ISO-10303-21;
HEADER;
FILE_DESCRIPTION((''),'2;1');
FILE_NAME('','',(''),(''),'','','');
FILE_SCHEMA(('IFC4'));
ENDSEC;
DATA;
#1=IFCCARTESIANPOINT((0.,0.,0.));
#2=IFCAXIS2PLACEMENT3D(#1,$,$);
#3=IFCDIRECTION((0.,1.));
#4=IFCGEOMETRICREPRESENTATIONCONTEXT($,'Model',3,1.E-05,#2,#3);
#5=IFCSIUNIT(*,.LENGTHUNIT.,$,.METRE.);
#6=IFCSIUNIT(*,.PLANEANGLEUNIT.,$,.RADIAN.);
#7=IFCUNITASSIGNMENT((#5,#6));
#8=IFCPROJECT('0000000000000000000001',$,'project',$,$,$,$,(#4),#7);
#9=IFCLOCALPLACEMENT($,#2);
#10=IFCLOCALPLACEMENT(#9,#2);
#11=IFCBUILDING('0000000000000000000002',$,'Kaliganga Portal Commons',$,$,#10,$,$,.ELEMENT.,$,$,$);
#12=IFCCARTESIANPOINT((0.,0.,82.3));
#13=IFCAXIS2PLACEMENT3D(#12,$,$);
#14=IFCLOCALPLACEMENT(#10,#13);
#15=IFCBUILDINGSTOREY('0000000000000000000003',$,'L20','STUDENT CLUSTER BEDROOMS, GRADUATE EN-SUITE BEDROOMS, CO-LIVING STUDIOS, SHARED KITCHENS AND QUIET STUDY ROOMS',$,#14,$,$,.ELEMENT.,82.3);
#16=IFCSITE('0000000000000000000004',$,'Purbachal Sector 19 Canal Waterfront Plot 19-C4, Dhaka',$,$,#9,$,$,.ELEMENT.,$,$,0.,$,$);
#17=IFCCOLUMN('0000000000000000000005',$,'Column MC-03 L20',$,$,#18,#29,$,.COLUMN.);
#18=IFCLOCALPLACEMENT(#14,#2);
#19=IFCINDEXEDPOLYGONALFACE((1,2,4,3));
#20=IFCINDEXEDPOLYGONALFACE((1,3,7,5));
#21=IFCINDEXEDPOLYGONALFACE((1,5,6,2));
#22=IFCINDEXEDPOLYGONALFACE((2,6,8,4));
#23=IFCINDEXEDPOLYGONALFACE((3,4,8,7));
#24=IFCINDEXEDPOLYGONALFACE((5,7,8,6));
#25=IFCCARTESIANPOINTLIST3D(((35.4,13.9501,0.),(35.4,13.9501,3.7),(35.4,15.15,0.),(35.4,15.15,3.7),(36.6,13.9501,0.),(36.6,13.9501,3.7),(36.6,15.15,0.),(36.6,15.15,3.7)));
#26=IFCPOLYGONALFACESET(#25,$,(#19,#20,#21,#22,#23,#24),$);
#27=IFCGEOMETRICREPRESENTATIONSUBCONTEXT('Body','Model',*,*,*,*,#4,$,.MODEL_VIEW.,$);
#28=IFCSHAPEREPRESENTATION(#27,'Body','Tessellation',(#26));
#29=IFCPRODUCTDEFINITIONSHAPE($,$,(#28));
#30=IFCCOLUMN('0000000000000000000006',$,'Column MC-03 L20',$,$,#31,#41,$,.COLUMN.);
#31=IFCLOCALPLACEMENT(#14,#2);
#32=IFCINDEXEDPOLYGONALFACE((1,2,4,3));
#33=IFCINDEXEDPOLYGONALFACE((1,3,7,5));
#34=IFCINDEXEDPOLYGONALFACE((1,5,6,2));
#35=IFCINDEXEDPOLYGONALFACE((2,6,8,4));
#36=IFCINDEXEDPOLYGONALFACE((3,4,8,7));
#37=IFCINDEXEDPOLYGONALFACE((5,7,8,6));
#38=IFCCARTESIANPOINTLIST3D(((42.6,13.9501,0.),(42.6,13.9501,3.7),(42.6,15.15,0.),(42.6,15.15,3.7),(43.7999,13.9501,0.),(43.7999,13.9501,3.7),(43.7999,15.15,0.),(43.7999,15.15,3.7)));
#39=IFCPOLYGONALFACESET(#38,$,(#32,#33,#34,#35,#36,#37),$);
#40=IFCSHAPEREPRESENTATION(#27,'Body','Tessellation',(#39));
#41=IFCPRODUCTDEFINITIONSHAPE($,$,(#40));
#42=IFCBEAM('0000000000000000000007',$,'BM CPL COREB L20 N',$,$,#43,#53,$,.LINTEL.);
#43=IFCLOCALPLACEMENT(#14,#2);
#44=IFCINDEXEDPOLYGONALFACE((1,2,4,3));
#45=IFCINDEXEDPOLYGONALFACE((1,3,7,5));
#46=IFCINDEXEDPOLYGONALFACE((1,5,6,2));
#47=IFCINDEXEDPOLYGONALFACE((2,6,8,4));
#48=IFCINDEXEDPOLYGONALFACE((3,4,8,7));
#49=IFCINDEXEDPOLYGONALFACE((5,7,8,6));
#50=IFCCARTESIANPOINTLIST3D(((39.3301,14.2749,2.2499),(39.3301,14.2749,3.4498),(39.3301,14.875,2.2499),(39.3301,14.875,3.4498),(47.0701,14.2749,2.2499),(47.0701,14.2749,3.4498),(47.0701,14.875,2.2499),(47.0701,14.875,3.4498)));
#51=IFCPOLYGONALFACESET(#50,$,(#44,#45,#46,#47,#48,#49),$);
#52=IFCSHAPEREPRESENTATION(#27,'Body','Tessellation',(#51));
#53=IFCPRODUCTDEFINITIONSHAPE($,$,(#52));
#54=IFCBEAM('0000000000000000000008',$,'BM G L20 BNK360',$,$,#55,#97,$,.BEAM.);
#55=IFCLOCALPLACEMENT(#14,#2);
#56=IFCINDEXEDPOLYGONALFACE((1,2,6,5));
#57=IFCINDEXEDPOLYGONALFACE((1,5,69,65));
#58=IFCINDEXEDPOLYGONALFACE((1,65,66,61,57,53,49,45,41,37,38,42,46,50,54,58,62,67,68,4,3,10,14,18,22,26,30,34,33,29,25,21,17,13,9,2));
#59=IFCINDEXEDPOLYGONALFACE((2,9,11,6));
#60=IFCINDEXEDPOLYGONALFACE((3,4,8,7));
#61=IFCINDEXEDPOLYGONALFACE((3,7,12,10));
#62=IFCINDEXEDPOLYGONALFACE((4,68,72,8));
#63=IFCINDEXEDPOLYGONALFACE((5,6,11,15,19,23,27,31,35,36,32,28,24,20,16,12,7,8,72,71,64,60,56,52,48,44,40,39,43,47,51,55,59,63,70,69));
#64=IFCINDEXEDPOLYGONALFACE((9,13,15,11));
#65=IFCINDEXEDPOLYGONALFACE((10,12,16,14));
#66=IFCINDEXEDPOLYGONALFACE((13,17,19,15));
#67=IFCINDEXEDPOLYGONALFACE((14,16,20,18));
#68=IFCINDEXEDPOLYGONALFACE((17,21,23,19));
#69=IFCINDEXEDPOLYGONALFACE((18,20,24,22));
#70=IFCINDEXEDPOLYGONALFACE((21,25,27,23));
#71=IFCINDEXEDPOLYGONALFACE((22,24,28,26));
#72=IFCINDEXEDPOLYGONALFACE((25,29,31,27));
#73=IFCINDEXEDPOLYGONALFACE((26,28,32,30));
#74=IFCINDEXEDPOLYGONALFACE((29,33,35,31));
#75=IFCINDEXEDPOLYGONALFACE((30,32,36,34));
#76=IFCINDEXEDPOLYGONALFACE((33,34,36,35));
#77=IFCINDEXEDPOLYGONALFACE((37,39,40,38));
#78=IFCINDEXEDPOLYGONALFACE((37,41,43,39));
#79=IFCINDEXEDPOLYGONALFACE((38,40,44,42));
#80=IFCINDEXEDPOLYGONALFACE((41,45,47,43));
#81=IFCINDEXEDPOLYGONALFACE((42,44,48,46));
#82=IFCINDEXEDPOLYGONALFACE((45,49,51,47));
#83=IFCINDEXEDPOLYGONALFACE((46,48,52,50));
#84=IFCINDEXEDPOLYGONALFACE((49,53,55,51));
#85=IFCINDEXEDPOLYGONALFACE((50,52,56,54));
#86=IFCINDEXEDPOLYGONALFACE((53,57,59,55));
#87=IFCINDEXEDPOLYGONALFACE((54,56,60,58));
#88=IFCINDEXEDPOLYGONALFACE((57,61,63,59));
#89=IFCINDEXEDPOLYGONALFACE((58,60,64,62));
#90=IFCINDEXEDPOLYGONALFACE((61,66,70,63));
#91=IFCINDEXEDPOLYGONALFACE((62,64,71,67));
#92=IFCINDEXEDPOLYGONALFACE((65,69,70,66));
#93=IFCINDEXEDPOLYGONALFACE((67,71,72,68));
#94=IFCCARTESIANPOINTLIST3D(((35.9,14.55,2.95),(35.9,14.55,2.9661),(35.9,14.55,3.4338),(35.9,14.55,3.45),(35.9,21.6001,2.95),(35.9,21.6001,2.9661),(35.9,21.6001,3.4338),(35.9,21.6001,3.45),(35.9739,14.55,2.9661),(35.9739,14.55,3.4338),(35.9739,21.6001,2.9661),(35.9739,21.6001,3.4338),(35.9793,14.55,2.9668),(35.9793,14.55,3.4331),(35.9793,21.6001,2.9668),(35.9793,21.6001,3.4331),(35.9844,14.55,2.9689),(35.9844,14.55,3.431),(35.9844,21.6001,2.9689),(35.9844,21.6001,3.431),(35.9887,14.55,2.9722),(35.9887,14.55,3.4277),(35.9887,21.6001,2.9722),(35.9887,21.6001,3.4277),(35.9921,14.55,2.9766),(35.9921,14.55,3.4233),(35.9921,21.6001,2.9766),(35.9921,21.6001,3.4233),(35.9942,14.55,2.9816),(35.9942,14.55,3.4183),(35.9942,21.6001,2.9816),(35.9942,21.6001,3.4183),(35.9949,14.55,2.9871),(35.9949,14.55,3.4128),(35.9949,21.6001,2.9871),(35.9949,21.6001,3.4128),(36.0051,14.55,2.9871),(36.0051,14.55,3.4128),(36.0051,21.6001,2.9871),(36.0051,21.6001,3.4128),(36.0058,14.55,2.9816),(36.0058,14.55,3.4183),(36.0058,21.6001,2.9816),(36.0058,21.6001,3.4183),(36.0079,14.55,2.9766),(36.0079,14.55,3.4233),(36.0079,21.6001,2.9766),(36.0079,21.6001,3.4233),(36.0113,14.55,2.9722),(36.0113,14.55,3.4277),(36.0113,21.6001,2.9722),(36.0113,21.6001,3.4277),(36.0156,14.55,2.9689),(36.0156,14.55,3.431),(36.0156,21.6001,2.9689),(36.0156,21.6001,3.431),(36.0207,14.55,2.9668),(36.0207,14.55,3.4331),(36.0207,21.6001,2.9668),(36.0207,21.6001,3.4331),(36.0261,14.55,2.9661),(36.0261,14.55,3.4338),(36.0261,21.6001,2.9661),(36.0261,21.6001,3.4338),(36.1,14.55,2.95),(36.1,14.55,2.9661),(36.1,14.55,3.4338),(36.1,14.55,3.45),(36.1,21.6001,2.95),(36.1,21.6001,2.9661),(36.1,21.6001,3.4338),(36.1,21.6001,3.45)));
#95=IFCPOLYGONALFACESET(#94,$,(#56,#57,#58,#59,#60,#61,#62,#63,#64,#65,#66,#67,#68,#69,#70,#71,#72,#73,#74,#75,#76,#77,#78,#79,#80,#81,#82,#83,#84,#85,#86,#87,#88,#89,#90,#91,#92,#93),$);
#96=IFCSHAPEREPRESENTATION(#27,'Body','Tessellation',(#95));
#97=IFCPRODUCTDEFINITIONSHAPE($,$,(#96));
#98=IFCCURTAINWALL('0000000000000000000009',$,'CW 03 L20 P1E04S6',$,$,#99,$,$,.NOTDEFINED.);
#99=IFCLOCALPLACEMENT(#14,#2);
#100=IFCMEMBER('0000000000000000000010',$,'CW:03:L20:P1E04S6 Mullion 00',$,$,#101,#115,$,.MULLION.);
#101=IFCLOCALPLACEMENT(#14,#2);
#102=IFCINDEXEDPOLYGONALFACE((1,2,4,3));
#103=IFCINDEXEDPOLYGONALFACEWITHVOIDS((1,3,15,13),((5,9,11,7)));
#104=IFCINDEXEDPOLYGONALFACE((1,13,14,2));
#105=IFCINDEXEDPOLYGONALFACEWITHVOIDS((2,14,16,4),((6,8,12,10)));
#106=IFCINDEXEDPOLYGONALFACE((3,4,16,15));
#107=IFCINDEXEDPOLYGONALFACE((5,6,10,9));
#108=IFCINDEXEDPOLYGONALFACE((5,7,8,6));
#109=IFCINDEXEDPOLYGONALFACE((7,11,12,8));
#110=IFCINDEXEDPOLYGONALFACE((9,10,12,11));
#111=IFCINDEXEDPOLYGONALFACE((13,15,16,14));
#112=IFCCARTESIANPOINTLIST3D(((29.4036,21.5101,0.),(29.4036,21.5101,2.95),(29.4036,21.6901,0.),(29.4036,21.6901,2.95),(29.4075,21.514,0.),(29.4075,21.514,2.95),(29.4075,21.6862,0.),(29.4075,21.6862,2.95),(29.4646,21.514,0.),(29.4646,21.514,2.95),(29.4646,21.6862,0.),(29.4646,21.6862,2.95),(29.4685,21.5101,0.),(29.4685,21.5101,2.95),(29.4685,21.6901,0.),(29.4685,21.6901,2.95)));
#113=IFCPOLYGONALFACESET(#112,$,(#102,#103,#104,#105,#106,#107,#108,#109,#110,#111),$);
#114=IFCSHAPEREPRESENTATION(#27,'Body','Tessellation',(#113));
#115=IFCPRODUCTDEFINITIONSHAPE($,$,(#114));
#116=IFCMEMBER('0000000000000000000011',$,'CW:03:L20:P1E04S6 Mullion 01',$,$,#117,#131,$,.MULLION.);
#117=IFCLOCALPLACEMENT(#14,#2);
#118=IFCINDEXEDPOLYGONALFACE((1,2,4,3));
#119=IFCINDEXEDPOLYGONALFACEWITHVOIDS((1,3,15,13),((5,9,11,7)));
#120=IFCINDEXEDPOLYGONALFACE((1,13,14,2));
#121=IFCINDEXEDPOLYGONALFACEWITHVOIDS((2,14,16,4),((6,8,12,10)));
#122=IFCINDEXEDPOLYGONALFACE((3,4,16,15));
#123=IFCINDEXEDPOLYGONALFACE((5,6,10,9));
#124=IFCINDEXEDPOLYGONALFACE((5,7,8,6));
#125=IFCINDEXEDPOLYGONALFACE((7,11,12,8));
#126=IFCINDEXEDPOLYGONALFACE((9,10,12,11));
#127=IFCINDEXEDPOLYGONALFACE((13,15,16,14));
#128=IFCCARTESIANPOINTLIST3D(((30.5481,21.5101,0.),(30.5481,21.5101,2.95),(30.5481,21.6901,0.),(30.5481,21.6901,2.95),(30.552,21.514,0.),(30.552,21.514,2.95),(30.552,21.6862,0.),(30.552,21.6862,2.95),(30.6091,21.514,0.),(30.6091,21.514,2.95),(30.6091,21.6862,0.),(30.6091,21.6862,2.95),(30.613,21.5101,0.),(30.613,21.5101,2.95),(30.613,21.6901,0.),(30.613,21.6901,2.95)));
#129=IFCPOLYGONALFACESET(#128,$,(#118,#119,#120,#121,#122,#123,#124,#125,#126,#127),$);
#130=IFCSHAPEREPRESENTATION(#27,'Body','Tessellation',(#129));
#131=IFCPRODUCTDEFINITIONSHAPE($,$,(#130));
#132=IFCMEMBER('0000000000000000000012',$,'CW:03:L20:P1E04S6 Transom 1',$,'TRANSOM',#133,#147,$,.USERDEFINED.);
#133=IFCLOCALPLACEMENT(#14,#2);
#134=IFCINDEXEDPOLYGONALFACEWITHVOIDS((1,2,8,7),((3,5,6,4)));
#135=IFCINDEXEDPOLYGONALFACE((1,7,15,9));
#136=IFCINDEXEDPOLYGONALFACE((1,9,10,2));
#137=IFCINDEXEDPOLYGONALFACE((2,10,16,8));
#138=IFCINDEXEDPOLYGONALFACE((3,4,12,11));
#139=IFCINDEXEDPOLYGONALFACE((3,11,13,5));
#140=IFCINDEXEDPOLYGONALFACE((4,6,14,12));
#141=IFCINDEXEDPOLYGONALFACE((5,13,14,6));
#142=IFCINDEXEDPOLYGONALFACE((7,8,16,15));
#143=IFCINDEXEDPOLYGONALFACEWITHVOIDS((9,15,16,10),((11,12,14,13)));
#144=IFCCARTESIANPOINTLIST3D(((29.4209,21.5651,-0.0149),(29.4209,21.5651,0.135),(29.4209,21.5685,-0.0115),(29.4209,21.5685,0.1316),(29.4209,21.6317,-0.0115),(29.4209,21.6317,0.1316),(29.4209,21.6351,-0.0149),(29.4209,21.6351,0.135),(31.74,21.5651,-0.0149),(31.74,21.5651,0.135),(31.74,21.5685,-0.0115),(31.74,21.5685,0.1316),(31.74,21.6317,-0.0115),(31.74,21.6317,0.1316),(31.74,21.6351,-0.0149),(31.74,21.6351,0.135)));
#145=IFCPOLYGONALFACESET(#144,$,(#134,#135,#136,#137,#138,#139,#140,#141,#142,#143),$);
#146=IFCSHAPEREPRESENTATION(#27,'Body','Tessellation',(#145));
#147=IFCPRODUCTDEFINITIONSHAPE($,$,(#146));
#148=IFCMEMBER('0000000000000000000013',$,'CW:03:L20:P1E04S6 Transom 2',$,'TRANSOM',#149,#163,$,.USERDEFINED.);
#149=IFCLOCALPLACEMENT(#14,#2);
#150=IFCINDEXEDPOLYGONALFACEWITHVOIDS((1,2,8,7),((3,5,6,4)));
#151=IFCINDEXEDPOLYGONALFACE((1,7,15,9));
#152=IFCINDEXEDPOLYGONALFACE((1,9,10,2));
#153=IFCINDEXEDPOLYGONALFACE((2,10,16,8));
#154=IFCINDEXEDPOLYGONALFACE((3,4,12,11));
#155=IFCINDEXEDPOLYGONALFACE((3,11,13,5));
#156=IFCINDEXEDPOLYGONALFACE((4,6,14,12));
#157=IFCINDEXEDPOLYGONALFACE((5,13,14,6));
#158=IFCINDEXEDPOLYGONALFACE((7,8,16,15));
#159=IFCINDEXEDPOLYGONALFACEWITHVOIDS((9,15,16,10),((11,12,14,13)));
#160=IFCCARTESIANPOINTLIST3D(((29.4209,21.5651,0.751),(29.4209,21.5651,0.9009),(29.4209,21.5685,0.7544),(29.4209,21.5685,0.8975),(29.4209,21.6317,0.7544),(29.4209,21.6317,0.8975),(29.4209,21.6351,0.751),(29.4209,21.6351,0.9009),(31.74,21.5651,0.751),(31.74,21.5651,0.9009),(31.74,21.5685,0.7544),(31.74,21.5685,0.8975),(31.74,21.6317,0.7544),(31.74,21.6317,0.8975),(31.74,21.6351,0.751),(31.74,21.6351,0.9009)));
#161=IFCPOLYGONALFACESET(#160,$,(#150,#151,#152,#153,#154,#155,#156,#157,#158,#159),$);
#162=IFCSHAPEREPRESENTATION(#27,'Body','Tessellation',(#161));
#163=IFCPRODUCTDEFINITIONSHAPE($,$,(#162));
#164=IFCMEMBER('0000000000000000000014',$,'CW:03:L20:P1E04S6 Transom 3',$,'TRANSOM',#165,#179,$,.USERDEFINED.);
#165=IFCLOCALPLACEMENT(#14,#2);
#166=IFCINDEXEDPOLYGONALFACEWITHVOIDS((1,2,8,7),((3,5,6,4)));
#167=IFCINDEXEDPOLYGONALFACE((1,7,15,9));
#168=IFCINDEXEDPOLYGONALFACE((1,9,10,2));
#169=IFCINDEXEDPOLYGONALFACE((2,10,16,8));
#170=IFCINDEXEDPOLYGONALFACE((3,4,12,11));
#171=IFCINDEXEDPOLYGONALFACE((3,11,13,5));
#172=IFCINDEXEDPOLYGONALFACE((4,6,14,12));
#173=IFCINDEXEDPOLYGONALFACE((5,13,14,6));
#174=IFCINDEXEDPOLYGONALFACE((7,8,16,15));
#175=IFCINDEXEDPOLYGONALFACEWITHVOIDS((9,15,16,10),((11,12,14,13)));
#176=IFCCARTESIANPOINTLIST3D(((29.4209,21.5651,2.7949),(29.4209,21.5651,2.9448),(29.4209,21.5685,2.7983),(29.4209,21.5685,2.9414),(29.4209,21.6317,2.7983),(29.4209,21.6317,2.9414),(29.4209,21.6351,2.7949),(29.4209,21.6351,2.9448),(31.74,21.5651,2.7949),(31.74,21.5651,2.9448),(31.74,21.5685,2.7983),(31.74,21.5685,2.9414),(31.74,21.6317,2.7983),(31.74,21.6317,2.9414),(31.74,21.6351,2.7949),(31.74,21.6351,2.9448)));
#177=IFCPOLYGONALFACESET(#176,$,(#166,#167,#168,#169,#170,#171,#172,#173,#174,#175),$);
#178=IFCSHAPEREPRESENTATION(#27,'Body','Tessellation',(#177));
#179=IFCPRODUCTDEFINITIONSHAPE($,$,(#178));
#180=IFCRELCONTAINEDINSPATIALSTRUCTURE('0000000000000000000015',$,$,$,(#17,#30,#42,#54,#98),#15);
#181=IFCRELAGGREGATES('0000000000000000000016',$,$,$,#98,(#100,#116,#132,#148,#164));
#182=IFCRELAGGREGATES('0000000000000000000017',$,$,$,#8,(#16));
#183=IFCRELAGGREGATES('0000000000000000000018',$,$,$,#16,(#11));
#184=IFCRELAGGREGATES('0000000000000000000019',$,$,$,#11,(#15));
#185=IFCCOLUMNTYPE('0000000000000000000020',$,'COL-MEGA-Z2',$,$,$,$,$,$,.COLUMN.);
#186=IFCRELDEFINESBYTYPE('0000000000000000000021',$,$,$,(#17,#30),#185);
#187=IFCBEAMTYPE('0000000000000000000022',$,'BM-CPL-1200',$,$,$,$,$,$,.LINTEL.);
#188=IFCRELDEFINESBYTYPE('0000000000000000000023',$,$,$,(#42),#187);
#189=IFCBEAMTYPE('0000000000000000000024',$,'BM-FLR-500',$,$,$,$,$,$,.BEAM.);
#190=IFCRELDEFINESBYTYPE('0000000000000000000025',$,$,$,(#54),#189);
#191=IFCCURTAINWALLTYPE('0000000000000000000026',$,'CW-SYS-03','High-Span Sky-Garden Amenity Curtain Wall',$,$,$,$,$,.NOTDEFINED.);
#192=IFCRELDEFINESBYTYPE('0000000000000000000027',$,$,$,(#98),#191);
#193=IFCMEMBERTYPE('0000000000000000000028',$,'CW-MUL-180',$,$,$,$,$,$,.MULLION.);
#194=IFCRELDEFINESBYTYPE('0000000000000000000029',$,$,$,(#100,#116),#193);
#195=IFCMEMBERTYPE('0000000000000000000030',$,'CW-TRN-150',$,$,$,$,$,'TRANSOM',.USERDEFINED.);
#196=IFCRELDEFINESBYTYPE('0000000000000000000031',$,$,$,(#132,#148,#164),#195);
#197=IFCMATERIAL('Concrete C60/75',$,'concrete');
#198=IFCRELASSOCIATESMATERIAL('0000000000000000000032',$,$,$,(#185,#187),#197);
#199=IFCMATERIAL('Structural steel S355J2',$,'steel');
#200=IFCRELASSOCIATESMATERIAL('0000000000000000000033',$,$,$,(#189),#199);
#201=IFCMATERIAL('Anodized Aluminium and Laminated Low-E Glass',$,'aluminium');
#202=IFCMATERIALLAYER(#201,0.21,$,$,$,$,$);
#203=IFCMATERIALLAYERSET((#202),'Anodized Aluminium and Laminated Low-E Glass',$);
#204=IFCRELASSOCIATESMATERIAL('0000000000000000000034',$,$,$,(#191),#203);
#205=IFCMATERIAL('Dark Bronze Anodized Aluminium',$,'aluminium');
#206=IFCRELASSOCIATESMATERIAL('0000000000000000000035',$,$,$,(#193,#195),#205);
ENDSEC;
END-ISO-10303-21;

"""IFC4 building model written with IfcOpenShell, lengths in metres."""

from ifc_helpers import new_model, si_unit, direction, frame, origin, origin_2d, place, context, subcontext, project, spatial, rectangle, hollow_rectangle, i_section, extrude, source, transform, mapped, material, layer, layer_set, material_profile, profile_set, type_object, element, aggregate, save


model = new_model("IFC4")

# Units and contexts
model_context = context("Model", 3, precision=1e-05, world=origin(), true_north=direction((0.0, 1.0)))
body_context = subcontext(model_context, "Body", "Model", "MODEL_VIEW")
ifc_project = project(units=[si_unit("LENGTHUNIT", "METRE"), si_unit("PLANEANGLEUNIT", "RADIAN")], contexts=[model_context])

# Site, building, storey
site_placement = place(None, origin())
site = spatial("IfcSite", under=ifc_project, at=site_placement, Name="Purbachal Sector 19 Canal Waterfront Plot 19-C4, Dhaka", CompositionType="ELEMENT", RefElevation=0.0)
building_placement = place(site_placement, origin())
building = spatial("IfcBuilding", under=site, at=building_placement, Name="Kaliganga Portal Commons", CompositionType="ELEMENT")
storey_placement = place(building_placement, frame((0.0, 0.0, 82.3)))
storey = spatial("IfcBuildingStorey", under=building, at=storey_placement, Name="L20", Description="STUDENT CLUSTER BEDROOMS, GRADUATE EN-SUITE BEDROOMS, CO-LIVING STUDIOS, SHARED KITCHENS AND QUIET STUDY ROOMS", CompositionType="ELEMENT", Elevation=82.3)

# Columns
ifc_material_1 = material(Name="Concrete C60/75", Category="concrete")
ifc_material_profile_1 = material_profile(ifc_material_1, rectangle(XDim=1.2, YDim=1.2, at=origin_2d()), Name="RC 1200x1200")
ifc_profile_set_1 = profile_set([ifc_material_profile_1], Name="Concrete C60/75")
column_type = type_object("IfcColumnType", Name="COL-MEGA-Z2", PredefinedType="COLUMN", material=ifc_profile_set_1)
shared_shape_1 = source(origin(), body_context, "Body", "SweptSolid", [
    extrude(rectangle(XDim=1.2, YDim=1.2, at=origin_2d()), origin(), (0.0, 0.0, 1.0), 3.7),
])
for number, where, z_axis, x_axis, name in (
    (1, (36.0, 14.55, 0.0), (0.0, 0.0, 1.0), (1.0, 0.0, 0.0), "Column MC-03 L20"),
    (2, (43.2, 14.55, 0.0), (0.0, 0.0, 1.0), (1.0, 0.0, 0.0), "Column MC-03 L20"),
):
    element("IfcColumn", number, at=place(storey_placement, frame(where, z_axis=z_axis, x_axis=x_axis)), inside=storey, type_object=column_type, Name=name, PredefinedType="COLUMN", context=body_context, shape_type="MappedRepresentation", body=[
        mapped(shared_shape_1, transform((0.0, 0.0, 0.0), x_axis=(1.0, 0.0, 0.0), y_axis=(0.0, 1.0, 0.0), z_axis=(0.0, 0.0, 1.0), scale=1.0)),
    ])

# Beams
ifc_material_profile_2 = material_profile(ifc_material_1, rectangle(XDim=0.6001, YDim=1.2, at=origin_2d()), Name="RC 600x1200")
ifc_profile_set_2 = profile_set([ifc_material_profile_2], Name="Concrete C60/75")
beam_type_1 = type_object("IfcBeamType", Name="BM-CPL-1200", PredefinedType="LINTEL", material=ifc_profile_set_2)
shared_shape_2 = source(origin(), body_context, "Body", "SweptSolid", [
    extrude(rectangle(XDim=0.6001, YDim=1.2, at=origin_2d()), origin(), (0.0, 0.0, 1.0), 7.74),
])
beam_1_placement = place(storey_placement, frame((39.3301, 14.575, 2.8499), z_axis=(1.0, 0.0, 0.0), x_axis=(0.0, 1.0, 0.0)))
element("IfcBeam", 3, at=beam_1_placement, inside=storey, type_object=beam_type_1, Name="BM CPL COREB L20 N", PredefinedType="LINTEL", context=body_context, shape_type="MappedRepresentation", body=[
    mapped(shared_shape_2, transform((0.0, 0.0, 0.0), x_axis=(1.0, 0.0, 0.0), y_axis=(0.0, 1.0, 0.0), z_axis=(0.0, 0.0, 1.0), scale=1.0)),
])
ifc_material_2 = material(Name="Structural steel S355J2", Category="steel")
ifc_material_profile_3 = material_profile(ifc_material_2, i_section(OverallWidth=0.2, OverallDepth=0.5, WebThickness=0.0103, FlangeThickness=0.0161, FilletRadius=0.021, at=origin_2d()), Name="IPE 500")
ifc_profile_set_3 = profile_set([ifc_material_profile_3], Name="Structural steel S355J2 wide-flange")
beam_type_2 = type_object("IfcBeamType", Name="BM-FLR-500", PredefinedType="BEAM", material=ifc_profile_set_3)
shared_shape_3 = source(origin(), body_context, "Body", "SweptSolid", [
    extrude(i_section(OverallWidth=0.2, OverallDepth=0.5, WebThickness=0.0103, FlangeThickness=0.0161, FilletRadius=0.021, at=origin_2d()), origin(), (0.0, 0.0, 1.0), 7.05),
])
beam_2_placement = place(storey_placement, frame((36.0, 14.55, 3.2), z_axis=(0.0, 1.0, 0.0), x_axis=(-1.0, 0.0, 0.0)))
element("IfcBeam", 4, at=beam_2_placement, inside=storey, type_object=beam_type_2, Name="BM G L20 BNK360", PredefinedType="BEAM", context=body_context, shape_type="MappedRepresentation", body=[
    mapped(shared_shape_3, transform((0.0, 0.0, 0.0), x_axis=(1.0, 0.0, 0.0), y_axis=(0.0, 1.0, 0.0), z_axis=(0.0, 0.0, 1.0), scale=1.0)),
])

# Curtain wall, members
ifc_material_3 = material(Name="Anodized Aluminium and Laminated Low-E Glass", Category="aluminium")
ifc_layer_1 = layer(ifc_material_3, 0.21)
ifc_layer_set_1 = layer_set([ifc_layer_1], Name="Anodized Aluminium and Laminated Low-E Glass")
curtain_wall_type = type_object("IfcCurtainWallType", Name="CW-SYS-03", Description="High-Span Sky-Garden Amenity Curtain Wall", PredefinedType="NOTDEFINED", material=ifc_layer_set_1)
curtain_wall_placement = place(storey_placement, origin())
curtain_wall = element("IfcCurtainWall", 5, at=curtain_wall_placement, inside=storey, type_object=curtain_wall_type, Name="CW 03 L20 P1E04S6", PredefinedType="NOTDEFINED")
ifc_material_4 = material(Name="Dark Bronze Anodized Aluminium", Category="aluminium")
ifc_material_profile_4 = material_profile(ifc_material_4, hollow_rectangle(XDim=0.0649, YDim=0.1799, WallThickness=0.0039, at=origin_2d()), Name="ALU MULL 65x180x4")
ifc_profile_set_4 = profile_set([ifc_material_profile_4], Name="Dark Bronze Anodized Aluminium")
member_type_1 = type_object("IfcMemberType", Name="CW-MUL-180", PredefinedType="MULLION", material=ifc_profile_set_4)
shared_shape_4 = source(origin(), body_context, "Body", "SweptSolid", [
    extrude(hollow_rectangle(XDim=0.0649, YDim=0.1799, WallThickness=0.0039, at=origin_2d()), origin(), (0.0, 0.0, 1.0), 2.95),
])
member_1_placement = place(storey_placement, frame((29.436, 21.6001, 0.0), z_axis=(0.0, 0.0, 1.0), x_axis=(1.0, 0.0, 0.0)))
member_1 = element("IfcMember", 6, at=member_1_placement, type_object=member_type_1, Name="CW:03:L20:P1E04S6 Mullion 00", PredefinedType="MULLION", context=body_context, shape_type="MappedRepresentation", body=[
    mapped(shared_shape_4, transform((0.0, 0.0, 0.0), x_axis=(1.0, 0.0, 0.0), y_axis=(0.0, 1.0, 0.0), z_axis=(0.0, 0.0, 1.0), scale=1.0)),
])
member_2_placement = place(storey_placement, frame((30.5806, 21.6001, 0.0), z_axis=(0.0, 0.0, 1.0), x_axis=(1.0, 0.0, 0.0)))
member_2 = element("IfcMember", 7, at=member_2_placement, type_object=member_type_1, Name="CW:03:L20:P1E04S6 Mullion 01", PredefinedType="MULLION", context=body_context, shape_type="MappedRepresentation", body=[
    mapped(shared_shape_4, transform((0.0, 0.0, 0.0), x_axis=(1.0, 0.0, 0.0), y_axis=(0.0, 1.0, 0.0), z_axis=(0.0, 0.0, 1.0), scale=1.0)),
])
ifc_material_profile_5 = material_profile(ifc_material_4, hollow_rectangle(XDim=0.0701, YDim=0.1499, WallThickness=0.0034, at=origin_2d()), Name="ALU TRAN 70x150x3.5")
ifc_profile_set_5 = profile_set([ifc_material_profile_5], Name="Dark Bronze Anodized Aluminium")
member_type_2 = type_object("IfcMemberType", Name="CW-TRN-150", ElementType="TRANSOM", PredefinedType="USERDEFINED", material=ifc_profile_set_5)
shared_shape_5 = source(origin(), body_context, "Body", "SweptSolid", [
    extrude(hollow_rectangle(XDim=0.0701, YDim=0.1499, WallThickness=0.0034, at=origin_2d()), origin(), (0.0, 0.0, 1.0), 2.3191),
])
member_3_placement = place(storey_placement, frame((29.4209, 21.6001, 0.0601), z_axis=(1.0, 0.0, 0.0), x_axis=(0.0, 1.0, 0.0)))
member_3 = element("IfcMember", 8, at=member_3_placement, type_object=member_type_2, Name="CW:03:L20:P1E04S6 Transom 1", ObjectType="TRANSOM", PredefinedType="USERDEFINED", context=body_context, shape_type="MappedRepresentation", body=[
    mapped(shared_shape_5, transform((0.0, 0.0, 0.0), x_axis=(1.0, 0.0, 0.0), y_axis=(0.0, 1.0, 0.0), z_axis=(0.0, 0.0, 1.0), scale=1.0)),
])
member_4_placement = place(storey_placement, frame((29.4209, 21.6001, 0.8259), z_axis=(1.0, 0.0, 0.0), x_axis=(0.0, 1.0, 0.0)))
member_4 = element("IfcMember", 9, at=member_4_placement, type_object=member_type_2, Name="CW:03:L20:P1E04S6 Transom 2", ObjectType="TRANSOM", PredefinedType="USERDEFINED", context=body_context, shape_type="MappedRepresentation", body=[
    mapped(shared_shape_5, transform((0.0, 0.0, 0.0), x_axis=(1.0, 0.0, 0.0), y_axis=(0.0, 1.0, 0.0), z_axis=(0.0, 0.0, 1.0), scale=1.0)),
])
member_5_placement = place(storey_placement, frame((29.4209, 21.6001, 2.8699), z_axis=(1.0, 0.0, 0.0), x_axis=(0.0, 1.0, 0.0)))
member_5 = element("IfcMember", 10, at=member_5_placement, type_object=member_type_2, Name="CW:03:L20:P1E04S6 Transom 3", ObjectType="TRANSOM", PredefinedType="USERDEFINED", context=body_context, shape_type="MappedRepresentation", body=[
    mapped(shared_shape_5, transform((0.0, 0.0, 0.0), x_axis=(1.0, 0.0, 0.0), y_axis=(0.0, 1.0, 0.0), z_axis=(0.0, 0.0, 1.0), scale=1.0)),
])
aggregate(curtain_wall, [member_1, member_2, member_3, member_4, member_5])

save(model, "model.ifc")
